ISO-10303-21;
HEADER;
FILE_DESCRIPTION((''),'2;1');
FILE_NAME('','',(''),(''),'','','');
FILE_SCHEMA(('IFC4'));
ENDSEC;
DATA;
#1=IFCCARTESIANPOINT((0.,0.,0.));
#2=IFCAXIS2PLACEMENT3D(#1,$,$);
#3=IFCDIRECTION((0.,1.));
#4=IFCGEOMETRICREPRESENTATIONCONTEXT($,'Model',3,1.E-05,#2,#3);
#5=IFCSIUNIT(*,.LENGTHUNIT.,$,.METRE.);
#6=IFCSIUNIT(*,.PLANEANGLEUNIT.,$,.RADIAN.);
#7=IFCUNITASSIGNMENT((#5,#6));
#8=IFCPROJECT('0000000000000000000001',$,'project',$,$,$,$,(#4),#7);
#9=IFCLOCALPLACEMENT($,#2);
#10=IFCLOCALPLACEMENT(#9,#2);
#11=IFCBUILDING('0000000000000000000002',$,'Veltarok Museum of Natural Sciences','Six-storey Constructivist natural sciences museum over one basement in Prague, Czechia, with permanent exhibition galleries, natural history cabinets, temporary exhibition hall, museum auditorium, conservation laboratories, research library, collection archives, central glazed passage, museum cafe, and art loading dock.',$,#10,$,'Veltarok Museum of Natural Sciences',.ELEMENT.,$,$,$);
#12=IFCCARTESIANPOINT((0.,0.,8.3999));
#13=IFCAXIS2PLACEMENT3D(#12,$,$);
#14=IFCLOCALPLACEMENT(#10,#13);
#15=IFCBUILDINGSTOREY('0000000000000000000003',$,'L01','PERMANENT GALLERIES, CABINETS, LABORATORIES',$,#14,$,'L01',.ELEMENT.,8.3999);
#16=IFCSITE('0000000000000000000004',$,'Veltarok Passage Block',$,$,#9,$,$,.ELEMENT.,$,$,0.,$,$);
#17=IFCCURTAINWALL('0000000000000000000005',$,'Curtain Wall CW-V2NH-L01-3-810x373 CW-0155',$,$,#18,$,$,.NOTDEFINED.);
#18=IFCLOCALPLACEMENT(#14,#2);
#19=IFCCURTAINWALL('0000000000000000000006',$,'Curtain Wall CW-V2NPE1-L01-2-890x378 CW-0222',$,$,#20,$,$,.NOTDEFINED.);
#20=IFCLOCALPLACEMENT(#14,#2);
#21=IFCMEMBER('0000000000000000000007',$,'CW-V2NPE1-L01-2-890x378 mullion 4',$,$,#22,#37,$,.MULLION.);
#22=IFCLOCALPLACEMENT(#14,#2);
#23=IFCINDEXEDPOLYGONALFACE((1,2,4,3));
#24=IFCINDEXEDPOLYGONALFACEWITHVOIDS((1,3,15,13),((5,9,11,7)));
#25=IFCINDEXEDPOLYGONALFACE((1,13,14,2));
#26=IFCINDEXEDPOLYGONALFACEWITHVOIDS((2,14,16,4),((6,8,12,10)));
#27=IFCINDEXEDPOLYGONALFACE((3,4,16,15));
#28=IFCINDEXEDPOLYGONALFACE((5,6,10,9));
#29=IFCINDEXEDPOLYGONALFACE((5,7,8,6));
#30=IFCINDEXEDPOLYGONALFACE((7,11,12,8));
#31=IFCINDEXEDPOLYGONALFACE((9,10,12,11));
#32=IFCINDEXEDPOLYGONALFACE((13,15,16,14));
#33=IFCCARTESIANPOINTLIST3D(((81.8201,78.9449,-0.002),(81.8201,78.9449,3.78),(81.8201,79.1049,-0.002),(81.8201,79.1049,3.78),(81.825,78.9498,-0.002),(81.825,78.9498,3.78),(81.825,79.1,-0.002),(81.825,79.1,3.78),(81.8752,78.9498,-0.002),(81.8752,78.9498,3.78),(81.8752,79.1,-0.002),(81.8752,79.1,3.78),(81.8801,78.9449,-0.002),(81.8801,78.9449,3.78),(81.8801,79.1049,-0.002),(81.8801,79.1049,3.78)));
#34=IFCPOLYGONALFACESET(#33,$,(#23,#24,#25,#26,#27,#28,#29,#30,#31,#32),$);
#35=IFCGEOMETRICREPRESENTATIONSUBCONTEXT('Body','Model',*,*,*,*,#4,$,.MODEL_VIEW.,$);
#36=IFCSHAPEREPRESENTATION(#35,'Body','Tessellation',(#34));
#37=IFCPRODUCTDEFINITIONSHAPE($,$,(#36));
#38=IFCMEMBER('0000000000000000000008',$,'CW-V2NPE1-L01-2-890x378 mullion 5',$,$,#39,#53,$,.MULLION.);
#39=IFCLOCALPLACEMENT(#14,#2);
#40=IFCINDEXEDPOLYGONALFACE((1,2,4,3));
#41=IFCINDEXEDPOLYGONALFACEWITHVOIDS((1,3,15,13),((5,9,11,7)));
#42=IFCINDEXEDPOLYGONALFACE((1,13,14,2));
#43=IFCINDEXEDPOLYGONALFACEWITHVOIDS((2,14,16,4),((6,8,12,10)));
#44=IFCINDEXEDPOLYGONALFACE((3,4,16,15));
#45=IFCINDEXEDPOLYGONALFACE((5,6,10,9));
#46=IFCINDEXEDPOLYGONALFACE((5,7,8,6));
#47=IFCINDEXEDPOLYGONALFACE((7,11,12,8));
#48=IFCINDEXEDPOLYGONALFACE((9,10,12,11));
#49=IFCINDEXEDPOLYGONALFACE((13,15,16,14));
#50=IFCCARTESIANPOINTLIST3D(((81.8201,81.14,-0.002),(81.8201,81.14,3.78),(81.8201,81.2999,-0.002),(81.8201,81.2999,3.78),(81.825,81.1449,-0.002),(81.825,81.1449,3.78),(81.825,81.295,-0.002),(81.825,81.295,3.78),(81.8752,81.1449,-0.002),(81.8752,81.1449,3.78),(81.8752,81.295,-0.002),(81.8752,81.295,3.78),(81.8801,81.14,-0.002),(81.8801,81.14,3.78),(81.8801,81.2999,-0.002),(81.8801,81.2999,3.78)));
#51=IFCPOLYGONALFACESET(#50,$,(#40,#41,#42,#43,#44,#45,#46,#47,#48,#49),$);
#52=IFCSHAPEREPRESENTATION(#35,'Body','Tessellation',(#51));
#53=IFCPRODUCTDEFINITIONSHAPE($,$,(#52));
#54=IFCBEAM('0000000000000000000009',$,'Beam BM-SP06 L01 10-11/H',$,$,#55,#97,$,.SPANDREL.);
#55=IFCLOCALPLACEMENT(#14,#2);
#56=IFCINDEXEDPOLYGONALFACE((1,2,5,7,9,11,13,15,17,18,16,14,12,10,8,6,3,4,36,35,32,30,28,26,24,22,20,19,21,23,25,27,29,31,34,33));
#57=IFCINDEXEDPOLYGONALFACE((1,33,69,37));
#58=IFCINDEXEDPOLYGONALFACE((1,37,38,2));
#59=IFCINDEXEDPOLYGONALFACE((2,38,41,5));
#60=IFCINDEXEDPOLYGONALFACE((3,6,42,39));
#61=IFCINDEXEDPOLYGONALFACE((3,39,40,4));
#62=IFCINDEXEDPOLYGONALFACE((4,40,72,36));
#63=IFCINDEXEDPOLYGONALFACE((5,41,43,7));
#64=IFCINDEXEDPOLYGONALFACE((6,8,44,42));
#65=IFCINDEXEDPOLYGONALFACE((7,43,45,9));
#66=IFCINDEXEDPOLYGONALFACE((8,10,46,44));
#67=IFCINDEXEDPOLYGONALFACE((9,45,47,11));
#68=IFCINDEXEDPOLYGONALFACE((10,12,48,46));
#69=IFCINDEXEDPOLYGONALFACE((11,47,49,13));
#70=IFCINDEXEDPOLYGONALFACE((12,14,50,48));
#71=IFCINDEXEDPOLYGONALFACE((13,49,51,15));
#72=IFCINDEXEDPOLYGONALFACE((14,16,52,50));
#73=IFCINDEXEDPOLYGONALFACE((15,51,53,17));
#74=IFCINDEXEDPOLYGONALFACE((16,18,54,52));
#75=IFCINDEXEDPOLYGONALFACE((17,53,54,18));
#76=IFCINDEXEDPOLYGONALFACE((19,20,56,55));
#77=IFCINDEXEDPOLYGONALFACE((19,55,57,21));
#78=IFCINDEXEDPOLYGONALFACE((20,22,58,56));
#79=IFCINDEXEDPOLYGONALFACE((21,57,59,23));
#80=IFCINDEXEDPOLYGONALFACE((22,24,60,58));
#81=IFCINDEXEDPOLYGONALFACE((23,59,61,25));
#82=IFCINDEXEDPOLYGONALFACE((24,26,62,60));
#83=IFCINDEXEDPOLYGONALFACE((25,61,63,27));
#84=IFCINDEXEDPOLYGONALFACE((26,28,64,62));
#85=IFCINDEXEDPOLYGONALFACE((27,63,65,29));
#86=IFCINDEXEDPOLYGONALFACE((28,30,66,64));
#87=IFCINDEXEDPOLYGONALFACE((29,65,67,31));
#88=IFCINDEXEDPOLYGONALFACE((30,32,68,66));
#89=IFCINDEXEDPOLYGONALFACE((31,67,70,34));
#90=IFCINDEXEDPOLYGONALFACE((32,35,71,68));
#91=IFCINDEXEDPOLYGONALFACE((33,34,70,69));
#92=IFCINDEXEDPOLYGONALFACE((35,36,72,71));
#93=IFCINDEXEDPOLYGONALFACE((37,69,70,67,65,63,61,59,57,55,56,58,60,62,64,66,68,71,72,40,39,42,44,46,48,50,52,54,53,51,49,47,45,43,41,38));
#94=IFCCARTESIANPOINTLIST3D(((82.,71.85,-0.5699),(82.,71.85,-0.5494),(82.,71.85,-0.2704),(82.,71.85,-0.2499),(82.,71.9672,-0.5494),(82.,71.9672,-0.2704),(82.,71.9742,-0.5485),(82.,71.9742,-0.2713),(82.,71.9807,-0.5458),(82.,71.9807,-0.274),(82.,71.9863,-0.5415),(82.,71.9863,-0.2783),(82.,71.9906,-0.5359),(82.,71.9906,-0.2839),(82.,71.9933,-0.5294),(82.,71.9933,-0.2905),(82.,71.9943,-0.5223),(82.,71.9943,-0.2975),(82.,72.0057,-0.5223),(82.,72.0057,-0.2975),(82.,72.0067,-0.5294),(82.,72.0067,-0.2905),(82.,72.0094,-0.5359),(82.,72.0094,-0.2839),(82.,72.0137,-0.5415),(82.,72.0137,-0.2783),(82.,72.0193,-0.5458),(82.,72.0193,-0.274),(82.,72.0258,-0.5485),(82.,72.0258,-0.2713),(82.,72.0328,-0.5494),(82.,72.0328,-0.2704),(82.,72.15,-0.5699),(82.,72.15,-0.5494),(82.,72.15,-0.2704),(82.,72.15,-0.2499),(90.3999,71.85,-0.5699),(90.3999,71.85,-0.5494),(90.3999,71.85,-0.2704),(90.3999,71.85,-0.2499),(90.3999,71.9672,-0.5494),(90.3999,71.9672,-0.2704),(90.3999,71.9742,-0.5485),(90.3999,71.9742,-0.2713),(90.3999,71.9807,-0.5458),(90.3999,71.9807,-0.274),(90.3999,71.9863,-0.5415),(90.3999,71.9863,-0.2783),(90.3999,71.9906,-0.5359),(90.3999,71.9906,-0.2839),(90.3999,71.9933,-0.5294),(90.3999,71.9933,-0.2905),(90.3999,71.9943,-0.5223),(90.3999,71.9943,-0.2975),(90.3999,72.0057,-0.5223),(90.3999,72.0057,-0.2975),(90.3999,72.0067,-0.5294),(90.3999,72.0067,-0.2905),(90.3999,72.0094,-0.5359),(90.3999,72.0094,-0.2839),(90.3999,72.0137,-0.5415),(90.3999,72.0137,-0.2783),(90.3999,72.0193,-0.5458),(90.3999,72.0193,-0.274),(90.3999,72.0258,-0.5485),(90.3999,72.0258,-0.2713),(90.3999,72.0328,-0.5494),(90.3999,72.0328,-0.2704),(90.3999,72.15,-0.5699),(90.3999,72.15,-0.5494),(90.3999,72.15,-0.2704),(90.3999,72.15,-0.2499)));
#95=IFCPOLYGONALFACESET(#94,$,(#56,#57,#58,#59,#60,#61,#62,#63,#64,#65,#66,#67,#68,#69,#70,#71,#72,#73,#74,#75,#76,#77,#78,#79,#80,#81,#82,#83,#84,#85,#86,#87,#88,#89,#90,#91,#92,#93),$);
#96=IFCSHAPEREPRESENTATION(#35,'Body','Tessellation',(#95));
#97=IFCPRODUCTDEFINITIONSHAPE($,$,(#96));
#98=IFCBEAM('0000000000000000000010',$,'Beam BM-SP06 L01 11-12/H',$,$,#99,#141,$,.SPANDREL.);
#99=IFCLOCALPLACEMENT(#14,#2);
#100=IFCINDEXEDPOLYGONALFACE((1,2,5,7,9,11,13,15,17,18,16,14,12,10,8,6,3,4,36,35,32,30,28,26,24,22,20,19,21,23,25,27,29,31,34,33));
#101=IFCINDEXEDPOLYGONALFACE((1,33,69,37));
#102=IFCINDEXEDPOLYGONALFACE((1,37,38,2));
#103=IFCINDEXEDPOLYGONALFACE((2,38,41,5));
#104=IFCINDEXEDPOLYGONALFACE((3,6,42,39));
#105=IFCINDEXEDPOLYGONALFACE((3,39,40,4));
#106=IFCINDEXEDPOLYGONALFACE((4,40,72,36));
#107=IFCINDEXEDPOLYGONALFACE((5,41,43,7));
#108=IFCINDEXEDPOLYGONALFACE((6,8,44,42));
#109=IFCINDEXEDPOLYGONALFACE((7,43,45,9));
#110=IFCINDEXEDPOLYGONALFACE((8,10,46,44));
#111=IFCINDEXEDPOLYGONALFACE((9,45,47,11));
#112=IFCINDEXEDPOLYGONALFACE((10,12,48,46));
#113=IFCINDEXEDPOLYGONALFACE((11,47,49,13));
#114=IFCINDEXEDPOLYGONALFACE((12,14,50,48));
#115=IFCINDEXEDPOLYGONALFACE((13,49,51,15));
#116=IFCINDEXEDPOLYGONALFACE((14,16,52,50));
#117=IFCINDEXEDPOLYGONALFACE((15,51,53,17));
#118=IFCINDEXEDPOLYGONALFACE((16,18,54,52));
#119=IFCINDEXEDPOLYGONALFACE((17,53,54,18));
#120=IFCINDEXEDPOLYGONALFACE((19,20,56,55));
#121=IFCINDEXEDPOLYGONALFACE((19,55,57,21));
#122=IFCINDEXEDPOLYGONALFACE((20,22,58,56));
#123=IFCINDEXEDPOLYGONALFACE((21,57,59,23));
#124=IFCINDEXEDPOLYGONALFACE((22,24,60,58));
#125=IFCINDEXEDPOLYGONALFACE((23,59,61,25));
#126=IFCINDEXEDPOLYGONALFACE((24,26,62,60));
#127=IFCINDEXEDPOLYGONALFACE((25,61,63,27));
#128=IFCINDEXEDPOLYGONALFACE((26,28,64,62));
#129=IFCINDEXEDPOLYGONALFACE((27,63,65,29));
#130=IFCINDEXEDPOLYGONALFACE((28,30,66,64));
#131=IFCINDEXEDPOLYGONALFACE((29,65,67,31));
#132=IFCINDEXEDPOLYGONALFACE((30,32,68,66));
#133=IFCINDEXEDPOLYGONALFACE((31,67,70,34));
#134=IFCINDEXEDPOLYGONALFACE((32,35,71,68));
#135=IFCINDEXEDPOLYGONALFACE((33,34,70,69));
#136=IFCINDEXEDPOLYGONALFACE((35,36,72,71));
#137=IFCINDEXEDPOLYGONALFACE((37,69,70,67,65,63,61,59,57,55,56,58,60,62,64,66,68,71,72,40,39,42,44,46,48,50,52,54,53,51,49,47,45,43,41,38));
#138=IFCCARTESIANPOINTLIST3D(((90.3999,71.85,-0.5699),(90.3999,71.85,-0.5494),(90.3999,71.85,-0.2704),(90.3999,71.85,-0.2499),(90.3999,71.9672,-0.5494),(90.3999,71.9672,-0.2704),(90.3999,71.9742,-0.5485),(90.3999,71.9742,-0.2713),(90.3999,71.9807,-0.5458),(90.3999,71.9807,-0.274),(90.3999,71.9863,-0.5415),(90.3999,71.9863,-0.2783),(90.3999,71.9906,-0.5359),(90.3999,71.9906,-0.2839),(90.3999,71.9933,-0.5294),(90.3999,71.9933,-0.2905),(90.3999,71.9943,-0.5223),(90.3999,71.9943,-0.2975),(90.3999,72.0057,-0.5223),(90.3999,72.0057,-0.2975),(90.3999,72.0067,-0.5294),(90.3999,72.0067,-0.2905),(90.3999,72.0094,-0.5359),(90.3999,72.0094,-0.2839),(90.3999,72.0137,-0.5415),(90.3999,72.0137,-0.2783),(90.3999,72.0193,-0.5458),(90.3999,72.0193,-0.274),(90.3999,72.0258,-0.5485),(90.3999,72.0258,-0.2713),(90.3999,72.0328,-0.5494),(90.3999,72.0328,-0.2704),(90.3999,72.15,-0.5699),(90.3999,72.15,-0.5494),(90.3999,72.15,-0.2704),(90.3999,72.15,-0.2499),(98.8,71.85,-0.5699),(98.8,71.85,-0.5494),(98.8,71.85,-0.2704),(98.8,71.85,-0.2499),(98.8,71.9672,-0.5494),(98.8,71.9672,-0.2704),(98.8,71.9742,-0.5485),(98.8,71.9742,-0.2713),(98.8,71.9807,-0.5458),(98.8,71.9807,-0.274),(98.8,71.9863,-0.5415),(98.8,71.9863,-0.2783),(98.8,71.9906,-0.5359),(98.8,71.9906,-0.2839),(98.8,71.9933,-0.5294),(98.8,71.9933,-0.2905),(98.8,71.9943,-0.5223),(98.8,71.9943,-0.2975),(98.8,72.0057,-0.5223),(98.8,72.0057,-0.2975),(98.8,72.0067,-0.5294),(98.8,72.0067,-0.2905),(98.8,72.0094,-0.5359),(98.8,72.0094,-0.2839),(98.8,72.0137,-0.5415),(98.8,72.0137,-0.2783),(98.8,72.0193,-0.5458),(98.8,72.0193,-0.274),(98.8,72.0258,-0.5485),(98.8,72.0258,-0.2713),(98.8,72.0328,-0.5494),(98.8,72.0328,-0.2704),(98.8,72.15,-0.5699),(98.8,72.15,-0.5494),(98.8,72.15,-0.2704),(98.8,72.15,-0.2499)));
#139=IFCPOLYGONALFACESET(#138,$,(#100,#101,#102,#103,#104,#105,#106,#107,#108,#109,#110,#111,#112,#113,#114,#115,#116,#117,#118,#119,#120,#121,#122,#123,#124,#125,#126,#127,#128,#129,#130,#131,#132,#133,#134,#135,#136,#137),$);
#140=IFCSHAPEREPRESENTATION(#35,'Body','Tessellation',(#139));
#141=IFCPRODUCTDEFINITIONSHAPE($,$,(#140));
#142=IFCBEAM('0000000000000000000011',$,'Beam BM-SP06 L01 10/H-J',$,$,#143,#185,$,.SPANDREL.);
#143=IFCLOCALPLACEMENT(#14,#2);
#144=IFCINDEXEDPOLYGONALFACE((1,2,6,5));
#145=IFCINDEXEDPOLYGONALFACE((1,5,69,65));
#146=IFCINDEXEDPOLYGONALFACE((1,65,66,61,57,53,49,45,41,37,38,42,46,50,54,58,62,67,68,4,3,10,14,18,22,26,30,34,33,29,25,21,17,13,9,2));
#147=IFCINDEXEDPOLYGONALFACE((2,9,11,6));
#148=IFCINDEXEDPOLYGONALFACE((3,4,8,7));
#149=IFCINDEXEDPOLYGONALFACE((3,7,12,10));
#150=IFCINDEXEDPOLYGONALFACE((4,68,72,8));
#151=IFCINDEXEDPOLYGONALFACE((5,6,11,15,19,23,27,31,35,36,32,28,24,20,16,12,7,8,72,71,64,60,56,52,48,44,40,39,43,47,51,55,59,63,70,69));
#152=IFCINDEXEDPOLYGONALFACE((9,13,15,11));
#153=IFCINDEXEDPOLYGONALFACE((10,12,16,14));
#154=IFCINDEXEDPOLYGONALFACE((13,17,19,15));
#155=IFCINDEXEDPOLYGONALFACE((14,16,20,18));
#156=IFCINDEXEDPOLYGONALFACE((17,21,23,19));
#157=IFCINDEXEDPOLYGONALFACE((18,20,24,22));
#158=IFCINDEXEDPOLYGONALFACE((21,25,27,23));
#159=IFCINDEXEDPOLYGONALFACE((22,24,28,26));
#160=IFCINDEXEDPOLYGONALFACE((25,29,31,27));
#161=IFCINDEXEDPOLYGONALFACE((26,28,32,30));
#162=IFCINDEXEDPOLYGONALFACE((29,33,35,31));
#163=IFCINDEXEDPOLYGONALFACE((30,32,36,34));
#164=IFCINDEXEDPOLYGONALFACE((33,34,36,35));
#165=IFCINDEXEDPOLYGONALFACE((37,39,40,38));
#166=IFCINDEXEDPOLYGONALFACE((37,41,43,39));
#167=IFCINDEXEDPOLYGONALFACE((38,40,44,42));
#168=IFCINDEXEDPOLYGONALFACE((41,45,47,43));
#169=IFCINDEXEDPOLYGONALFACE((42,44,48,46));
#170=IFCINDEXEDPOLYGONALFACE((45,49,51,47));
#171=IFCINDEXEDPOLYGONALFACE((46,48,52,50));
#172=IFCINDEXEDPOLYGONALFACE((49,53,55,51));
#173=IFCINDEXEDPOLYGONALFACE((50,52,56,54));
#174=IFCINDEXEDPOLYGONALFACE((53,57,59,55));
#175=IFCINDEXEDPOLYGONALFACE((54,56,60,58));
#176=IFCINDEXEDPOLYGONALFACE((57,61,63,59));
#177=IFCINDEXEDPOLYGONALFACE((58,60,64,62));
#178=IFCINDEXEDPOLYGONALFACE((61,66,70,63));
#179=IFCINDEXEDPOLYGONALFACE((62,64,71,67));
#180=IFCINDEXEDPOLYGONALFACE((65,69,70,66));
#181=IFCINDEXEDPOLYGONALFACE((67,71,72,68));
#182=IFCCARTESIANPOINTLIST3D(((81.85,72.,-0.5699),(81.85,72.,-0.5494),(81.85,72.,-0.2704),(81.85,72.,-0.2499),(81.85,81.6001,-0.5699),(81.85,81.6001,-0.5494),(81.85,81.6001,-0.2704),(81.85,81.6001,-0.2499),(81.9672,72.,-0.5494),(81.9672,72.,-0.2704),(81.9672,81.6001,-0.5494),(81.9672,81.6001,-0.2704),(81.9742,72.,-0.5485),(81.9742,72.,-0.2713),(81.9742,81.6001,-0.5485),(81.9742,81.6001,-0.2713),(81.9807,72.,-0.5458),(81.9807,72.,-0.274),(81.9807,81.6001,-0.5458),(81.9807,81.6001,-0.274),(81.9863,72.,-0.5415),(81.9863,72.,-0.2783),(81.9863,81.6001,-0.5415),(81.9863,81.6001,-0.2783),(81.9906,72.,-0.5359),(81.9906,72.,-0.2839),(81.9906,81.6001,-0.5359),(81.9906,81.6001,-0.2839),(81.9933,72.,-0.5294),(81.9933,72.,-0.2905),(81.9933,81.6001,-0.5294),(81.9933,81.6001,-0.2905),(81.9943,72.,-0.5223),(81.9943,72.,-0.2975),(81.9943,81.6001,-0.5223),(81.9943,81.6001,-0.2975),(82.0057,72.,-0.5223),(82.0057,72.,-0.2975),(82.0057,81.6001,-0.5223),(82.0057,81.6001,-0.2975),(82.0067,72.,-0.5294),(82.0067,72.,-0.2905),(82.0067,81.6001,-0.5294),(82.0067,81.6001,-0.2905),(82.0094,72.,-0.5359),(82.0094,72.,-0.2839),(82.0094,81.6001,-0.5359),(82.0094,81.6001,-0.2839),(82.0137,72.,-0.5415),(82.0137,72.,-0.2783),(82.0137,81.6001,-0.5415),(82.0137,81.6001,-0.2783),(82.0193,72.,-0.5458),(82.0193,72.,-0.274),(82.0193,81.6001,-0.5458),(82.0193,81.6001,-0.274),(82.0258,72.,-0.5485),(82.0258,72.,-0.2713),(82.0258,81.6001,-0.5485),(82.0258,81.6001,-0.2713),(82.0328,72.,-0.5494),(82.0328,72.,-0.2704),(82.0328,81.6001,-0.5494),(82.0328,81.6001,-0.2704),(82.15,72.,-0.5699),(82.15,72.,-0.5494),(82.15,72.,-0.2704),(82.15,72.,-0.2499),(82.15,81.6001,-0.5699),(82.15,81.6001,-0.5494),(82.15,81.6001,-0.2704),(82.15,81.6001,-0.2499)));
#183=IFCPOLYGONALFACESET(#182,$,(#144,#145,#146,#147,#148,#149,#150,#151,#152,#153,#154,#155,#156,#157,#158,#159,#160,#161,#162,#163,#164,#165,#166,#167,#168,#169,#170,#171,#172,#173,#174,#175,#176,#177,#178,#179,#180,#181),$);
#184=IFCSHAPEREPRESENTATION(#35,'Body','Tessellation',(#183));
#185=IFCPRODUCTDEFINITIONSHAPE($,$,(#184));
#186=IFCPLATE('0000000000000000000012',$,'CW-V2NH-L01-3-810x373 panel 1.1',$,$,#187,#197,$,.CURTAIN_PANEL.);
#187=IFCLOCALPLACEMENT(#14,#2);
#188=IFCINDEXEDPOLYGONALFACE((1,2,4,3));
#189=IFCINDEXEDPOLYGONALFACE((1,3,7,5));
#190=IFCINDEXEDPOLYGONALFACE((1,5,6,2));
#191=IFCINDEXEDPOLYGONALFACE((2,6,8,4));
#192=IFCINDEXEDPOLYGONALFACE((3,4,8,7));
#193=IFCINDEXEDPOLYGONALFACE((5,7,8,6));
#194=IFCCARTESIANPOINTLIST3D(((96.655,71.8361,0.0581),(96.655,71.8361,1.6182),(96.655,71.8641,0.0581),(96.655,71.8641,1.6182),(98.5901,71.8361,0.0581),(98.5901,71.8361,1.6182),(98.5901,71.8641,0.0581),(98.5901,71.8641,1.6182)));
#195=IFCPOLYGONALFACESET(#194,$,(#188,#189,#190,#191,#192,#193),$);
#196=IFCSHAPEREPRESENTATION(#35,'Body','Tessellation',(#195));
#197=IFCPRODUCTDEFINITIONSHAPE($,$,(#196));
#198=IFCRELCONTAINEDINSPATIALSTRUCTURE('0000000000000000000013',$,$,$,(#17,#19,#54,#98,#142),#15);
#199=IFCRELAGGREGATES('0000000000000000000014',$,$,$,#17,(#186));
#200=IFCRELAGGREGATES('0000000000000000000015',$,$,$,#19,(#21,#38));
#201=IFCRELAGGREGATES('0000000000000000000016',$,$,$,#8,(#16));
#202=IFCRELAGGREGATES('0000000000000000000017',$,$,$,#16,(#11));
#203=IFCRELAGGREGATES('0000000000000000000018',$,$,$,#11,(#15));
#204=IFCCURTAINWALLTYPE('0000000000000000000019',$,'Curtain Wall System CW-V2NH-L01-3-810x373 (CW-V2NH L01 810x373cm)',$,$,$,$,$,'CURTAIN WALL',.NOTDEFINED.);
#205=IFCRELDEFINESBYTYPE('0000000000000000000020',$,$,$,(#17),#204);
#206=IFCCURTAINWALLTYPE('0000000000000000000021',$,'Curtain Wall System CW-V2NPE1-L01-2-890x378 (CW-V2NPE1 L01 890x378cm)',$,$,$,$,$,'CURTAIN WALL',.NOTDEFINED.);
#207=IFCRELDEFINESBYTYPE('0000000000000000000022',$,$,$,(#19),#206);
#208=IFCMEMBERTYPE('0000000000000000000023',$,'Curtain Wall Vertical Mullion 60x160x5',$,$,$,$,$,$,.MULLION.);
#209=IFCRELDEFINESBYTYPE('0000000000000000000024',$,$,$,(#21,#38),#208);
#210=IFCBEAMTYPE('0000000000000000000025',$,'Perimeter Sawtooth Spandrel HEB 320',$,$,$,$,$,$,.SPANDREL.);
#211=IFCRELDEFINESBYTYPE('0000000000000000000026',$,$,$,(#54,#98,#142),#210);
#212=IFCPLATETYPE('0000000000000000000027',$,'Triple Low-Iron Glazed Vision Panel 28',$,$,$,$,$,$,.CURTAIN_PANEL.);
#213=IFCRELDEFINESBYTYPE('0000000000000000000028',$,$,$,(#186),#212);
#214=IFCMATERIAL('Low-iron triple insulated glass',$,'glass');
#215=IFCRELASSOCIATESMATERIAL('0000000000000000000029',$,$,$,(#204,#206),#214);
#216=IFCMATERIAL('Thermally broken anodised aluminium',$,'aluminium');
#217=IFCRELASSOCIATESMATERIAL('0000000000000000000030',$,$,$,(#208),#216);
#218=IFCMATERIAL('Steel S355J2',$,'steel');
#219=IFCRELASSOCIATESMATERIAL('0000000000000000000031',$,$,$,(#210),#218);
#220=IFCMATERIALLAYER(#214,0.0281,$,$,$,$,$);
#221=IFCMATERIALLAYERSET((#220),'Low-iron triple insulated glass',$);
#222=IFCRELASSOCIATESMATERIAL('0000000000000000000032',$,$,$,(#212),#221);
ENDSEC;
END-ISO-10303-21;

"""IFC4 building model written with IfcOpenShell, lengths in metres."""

from ifc_helpers import new_model, si_unit, direction, frame, origin, origin_2d, place, context, subcontext, project, spatial, rectangle, hollow_rectangle, i_section, extrude, material, layer, layer_set, material_profile, profile_set, type_object, element, aggregate, save


model = new_model("IFC4")

# Units and contexts
model_context = context("Model", 3, precision=1e-05, world=origin(), true_north=direction((0.0, 1.0)))
body_context = subcontext(model_context, "Body", "Model", "MODEL_VIEW")
ifc_project = project(units=[si_unit("LENGTHUNIT", "METRE"), si_unit("PLANEANGLEUNIT", "RADIAN")], contexts=[model_context])

# Site, building, storey
site_placement = place(None, origin())
site = spatial("IfcSite", under=ifc_project, at=site_placement, Name="Veltarok Passage Block", CompositionType="ELEMENT", RefElevation=0.0)
building_placement = place(site_placement, origin())
building = spatial("IfcBuilding", under=site, at=building_placement, Name="Veltarok Museum of Natural Sciences", Description="Six-storey Constructivist natural sciences museum over one basement in Prague, Czechia, with permanent exhibition galleries, natural history cabinets, temporary exhibition hall, museum auditorium, conservation laboratories, research library, collection archives, central glazed passage, museum cafe, and art loading dock.", LongName="Veltarok Museum of Natural Sciences", CompositionType="ELEMENT")
storey_placement = place(building_placement, frame((0.0, 0.0, 8.3999)))
storey = spatial("IfcBuildingStorey", under=building, at=storey_placement, Name="L01", Description="PERMANENT GALLERIES, CABINETS, LABORATORIES", LongName="L01", CompositionType="ELEMENT", Elevation=8.3999)

# Shared definitions
ifc_material_1 = material(Name="Steel S355J2", Category="steel")

# Curtain walls
ifc_material_2 = material(Name="Low-iron triple insulated glass", Category="glass")
curtain_wall_type_1 = type_object("IfcCurtainWallType", Name="Curtain Wall System CW-V2NH-L01-3-810x373 (CW-V2NH L01 810x373cm)", ElementType="CURTAIN WALL", PredefinedType="NOTDEFINED", material=ifc_material_2)
curtain_wall_1_placement = place(storey_placement, origin())
curtain_wall_1 = element("IfcCurtainWall", 1, at=curtain_wall_1_placement, inside=storey, type_object=curtain_wall_type_1, Name="Curtain Wall CW-V2NH-L01-3-810x373 CW-0155", PredefinedType="NOTDEFINED")
ifc_material_3 = material(Name="Thermally broken anodised aluminium", Category="aluminium")
curtain_wall_type_2 = type_object("IfcCurtainWallType", Name="Curtain Wall System CW-V2NPE1-L01-2-890x378 (CW-V2NPE1 L01 890x378cm)", ElementType="CURTAIN WALL", PredefinedType="NOTDEFINED", material=ifc_material_2)
curtain_wall_2_placement = place(storey_placement, origin())
curtain_wall_2 = element("IfcCurtainWall", 2, at=curtain_wall_2_placement, inside=storey, type_object=curtain_wall_type_2, Name="Curtain Wall CW-V2NPE1-L01-2-890x378 CW-0222", PredefinedType="NOTDEFINED")

# Members
ifc_material_profile_1 = material_profile(ifc_material_3, hollow_rectangle(XDim=0.0601, YDim=0.1599, WallThickness=0.0049, at=origin_2d()), Name="CW MULLION 60x160x5")
ifc_profile_set_1 = profile_set([ifc_material_profile_1], Name="Thermally broken anodised aluminium")
member_type_1 = type_object("IfcMemberType", Name="Curtain Wall Vertical Mullion 60x160x5", PredefinedType="MULLION", material=ifc_profile_set_1)
member_1_placement = place(storey_placement, frame((81.8501, 79.0249, -0.002), z_axis=(0.0, 0.0, 1.0), x_axis=(-1.0, 0.0, 0.0)))
member_1 = element("IfcMember", 3, at=member_1_placement, type_object=member_type_1, Name="CW-V2NPE1-L01-2-890x378 mullion 4", PredefinedType="MULLION", context=body_context, shape_type="SweptSolid", body=[
    extrude(hollow_rectangle(XDim=0.0601, YDim=0.1599, WallThickness=0.0049, at=origin_2d()), origin(), (0.0, 0.0, 1.0), 3.782),
])
member_2_placement = place(storey_placement, frame((81.8501, 81.22, -0.002), z_axis=(0.0, 0.0, 1.0), x_axis=(-1.0, 0.0, 0.0)))
member_2 = element("IfcMember", 4, at=member_2_placement, type_object=member_type_1, Name="CW-V2NPE1-L01-2-890x378 mullion 5", PredefinedType="MULLION", context=body_context, shape_type="SweptSolid", body=[
    extrude(hollow_rectangle(XDim=0.0601, YDim=0.1599, WallThickness=0.0049, at=origin_2d()), origin(), (0.0, 0.0, 1.0), 3.782),
])

# Beams
ifc_material_profile_2 = material_profile(ifc_material_1, i_section(OverallWidth=0.3, OverallDepth=0.3201, WebThickness=0.0115, FlangeThickness=0.0205, FilletRadius=0.0271, at=origin_2d()), Name="HEB 320")
ifc_profile_set_2 = profile_set([ifc_material_profile_2], Name="Steel S355J2")
beam_type = type_object("IfcBeamType", Name="Perimeter Sawtooth Spandrel HEB 320", PredefinedType="SPANDREL", material=ifc_profile_set_2)
beam_1_placement = place(storey_placement, frame((82.0, 72.0, -0.4099), z_axis=(1.0, 0.0, 0.0), x_axis=(0.0, 1.0, 0.0)))
element("IfcBeam", 5, at=beam_1_placement, inside=storey, type_object=beam_type, Name="Beam BM-SP06 L01 10-11/H", PredefinedType="SPANDREL", context=body_context, shape_type="SweptSolid", body=[
    extrude(i_section(OverallWidth=0.3, OverallDepth=0.3201, WebThickness=0.0115, FlangeThickness=0.0205, FilletRadius=0.0271, at=origin_2d()), origin(), (0.0, 0.0, 1.0), 8.3999),
])
beam_2_placement = place(storey_placement, frame((90.3999, 72.0, -0.4099), z_axis=(1.0, 0.0, 0.0), x_axis=(0.0, 1.0, 0.0)))
element("IfcBeam", 6, at=beam_2_placement, inside=storey, type_object=beam_type, Name="Beam BM-SP06 L01 11-12/H", PredefinedType="SPANDREL", context=body_context, shape_type="SweptSolid", body=[
    extrude(i_section(OverallWidth=0.3, OverallDepth=0.3201, WebThickness=0.0115, FlangeThickness=0.0205, FilletRadius=0.0271, at=origin_2d()), origin(), (0.0, 0.0, 1.0), 8.4001),
])
beam_3_placement = place(storey_placement, frame((82.0, 72.0, -0.4099), z_axis=(0.0, 1.0, 0.0), x_axis=(-1.0, 0.0, 0.0)))
element("IfcBeam", 7, at=beam_3_placement, inside=storey, type_object=beam_type, Name="Beam BM-SP06 L01 10/H-J", PredefinedType="SPANDREL", context=body_context, shape_type="SweptSolid", body=[
    extrude(i_section(OverallWidth=0.3, OverallDepth=0.3201, WebThickness=0.0115, FlangeThickness=0.0205, FilletRadius=0.0271, at=origin_2d()), origin(), (0.0, 0.0, 1.0), 9.6001),
])

# Plate
ifc_layer = layer(ifc_material_2, 0.0281)
ifc_layer_set = layer_set([ifc_layer], Name="Low-iron triple insulated glass")
plate_type = type_object("IfcPlateType", Name="Triple Low-Iron Glazed Vision Panel 28", PredefinedType="CURTAIN_PANEL", material=ifc_layer_set)
plate_1_placement = place(storey_placement, frame((97.6226, 71.8501, 0.0581), z_axis=(0.0, 0.0, 1.0), x_axis=(-1.0, 0.0, 0.0)))
plate_1 = element("IfcPlate", 8, at=plate_1_placement, type_object=plate_type, Name="CW-V2NH-L01-3-810x373 panel 1.1", PredefinedType="CURTAIN_PANEL", context=body_context, shape_type="SweptSolid", body=[
    extrude(rectangle(XDim=1.9351, YDim=0.0281, at=origin_2d()), origin(), (0.0, 0.0, 1.0), 1.5601),
])
aggregate(curtain_wall_1, [plate_1])
aggregate(curtain_wall_2, [member_1, member_2])

save(model, "model.ifc")
